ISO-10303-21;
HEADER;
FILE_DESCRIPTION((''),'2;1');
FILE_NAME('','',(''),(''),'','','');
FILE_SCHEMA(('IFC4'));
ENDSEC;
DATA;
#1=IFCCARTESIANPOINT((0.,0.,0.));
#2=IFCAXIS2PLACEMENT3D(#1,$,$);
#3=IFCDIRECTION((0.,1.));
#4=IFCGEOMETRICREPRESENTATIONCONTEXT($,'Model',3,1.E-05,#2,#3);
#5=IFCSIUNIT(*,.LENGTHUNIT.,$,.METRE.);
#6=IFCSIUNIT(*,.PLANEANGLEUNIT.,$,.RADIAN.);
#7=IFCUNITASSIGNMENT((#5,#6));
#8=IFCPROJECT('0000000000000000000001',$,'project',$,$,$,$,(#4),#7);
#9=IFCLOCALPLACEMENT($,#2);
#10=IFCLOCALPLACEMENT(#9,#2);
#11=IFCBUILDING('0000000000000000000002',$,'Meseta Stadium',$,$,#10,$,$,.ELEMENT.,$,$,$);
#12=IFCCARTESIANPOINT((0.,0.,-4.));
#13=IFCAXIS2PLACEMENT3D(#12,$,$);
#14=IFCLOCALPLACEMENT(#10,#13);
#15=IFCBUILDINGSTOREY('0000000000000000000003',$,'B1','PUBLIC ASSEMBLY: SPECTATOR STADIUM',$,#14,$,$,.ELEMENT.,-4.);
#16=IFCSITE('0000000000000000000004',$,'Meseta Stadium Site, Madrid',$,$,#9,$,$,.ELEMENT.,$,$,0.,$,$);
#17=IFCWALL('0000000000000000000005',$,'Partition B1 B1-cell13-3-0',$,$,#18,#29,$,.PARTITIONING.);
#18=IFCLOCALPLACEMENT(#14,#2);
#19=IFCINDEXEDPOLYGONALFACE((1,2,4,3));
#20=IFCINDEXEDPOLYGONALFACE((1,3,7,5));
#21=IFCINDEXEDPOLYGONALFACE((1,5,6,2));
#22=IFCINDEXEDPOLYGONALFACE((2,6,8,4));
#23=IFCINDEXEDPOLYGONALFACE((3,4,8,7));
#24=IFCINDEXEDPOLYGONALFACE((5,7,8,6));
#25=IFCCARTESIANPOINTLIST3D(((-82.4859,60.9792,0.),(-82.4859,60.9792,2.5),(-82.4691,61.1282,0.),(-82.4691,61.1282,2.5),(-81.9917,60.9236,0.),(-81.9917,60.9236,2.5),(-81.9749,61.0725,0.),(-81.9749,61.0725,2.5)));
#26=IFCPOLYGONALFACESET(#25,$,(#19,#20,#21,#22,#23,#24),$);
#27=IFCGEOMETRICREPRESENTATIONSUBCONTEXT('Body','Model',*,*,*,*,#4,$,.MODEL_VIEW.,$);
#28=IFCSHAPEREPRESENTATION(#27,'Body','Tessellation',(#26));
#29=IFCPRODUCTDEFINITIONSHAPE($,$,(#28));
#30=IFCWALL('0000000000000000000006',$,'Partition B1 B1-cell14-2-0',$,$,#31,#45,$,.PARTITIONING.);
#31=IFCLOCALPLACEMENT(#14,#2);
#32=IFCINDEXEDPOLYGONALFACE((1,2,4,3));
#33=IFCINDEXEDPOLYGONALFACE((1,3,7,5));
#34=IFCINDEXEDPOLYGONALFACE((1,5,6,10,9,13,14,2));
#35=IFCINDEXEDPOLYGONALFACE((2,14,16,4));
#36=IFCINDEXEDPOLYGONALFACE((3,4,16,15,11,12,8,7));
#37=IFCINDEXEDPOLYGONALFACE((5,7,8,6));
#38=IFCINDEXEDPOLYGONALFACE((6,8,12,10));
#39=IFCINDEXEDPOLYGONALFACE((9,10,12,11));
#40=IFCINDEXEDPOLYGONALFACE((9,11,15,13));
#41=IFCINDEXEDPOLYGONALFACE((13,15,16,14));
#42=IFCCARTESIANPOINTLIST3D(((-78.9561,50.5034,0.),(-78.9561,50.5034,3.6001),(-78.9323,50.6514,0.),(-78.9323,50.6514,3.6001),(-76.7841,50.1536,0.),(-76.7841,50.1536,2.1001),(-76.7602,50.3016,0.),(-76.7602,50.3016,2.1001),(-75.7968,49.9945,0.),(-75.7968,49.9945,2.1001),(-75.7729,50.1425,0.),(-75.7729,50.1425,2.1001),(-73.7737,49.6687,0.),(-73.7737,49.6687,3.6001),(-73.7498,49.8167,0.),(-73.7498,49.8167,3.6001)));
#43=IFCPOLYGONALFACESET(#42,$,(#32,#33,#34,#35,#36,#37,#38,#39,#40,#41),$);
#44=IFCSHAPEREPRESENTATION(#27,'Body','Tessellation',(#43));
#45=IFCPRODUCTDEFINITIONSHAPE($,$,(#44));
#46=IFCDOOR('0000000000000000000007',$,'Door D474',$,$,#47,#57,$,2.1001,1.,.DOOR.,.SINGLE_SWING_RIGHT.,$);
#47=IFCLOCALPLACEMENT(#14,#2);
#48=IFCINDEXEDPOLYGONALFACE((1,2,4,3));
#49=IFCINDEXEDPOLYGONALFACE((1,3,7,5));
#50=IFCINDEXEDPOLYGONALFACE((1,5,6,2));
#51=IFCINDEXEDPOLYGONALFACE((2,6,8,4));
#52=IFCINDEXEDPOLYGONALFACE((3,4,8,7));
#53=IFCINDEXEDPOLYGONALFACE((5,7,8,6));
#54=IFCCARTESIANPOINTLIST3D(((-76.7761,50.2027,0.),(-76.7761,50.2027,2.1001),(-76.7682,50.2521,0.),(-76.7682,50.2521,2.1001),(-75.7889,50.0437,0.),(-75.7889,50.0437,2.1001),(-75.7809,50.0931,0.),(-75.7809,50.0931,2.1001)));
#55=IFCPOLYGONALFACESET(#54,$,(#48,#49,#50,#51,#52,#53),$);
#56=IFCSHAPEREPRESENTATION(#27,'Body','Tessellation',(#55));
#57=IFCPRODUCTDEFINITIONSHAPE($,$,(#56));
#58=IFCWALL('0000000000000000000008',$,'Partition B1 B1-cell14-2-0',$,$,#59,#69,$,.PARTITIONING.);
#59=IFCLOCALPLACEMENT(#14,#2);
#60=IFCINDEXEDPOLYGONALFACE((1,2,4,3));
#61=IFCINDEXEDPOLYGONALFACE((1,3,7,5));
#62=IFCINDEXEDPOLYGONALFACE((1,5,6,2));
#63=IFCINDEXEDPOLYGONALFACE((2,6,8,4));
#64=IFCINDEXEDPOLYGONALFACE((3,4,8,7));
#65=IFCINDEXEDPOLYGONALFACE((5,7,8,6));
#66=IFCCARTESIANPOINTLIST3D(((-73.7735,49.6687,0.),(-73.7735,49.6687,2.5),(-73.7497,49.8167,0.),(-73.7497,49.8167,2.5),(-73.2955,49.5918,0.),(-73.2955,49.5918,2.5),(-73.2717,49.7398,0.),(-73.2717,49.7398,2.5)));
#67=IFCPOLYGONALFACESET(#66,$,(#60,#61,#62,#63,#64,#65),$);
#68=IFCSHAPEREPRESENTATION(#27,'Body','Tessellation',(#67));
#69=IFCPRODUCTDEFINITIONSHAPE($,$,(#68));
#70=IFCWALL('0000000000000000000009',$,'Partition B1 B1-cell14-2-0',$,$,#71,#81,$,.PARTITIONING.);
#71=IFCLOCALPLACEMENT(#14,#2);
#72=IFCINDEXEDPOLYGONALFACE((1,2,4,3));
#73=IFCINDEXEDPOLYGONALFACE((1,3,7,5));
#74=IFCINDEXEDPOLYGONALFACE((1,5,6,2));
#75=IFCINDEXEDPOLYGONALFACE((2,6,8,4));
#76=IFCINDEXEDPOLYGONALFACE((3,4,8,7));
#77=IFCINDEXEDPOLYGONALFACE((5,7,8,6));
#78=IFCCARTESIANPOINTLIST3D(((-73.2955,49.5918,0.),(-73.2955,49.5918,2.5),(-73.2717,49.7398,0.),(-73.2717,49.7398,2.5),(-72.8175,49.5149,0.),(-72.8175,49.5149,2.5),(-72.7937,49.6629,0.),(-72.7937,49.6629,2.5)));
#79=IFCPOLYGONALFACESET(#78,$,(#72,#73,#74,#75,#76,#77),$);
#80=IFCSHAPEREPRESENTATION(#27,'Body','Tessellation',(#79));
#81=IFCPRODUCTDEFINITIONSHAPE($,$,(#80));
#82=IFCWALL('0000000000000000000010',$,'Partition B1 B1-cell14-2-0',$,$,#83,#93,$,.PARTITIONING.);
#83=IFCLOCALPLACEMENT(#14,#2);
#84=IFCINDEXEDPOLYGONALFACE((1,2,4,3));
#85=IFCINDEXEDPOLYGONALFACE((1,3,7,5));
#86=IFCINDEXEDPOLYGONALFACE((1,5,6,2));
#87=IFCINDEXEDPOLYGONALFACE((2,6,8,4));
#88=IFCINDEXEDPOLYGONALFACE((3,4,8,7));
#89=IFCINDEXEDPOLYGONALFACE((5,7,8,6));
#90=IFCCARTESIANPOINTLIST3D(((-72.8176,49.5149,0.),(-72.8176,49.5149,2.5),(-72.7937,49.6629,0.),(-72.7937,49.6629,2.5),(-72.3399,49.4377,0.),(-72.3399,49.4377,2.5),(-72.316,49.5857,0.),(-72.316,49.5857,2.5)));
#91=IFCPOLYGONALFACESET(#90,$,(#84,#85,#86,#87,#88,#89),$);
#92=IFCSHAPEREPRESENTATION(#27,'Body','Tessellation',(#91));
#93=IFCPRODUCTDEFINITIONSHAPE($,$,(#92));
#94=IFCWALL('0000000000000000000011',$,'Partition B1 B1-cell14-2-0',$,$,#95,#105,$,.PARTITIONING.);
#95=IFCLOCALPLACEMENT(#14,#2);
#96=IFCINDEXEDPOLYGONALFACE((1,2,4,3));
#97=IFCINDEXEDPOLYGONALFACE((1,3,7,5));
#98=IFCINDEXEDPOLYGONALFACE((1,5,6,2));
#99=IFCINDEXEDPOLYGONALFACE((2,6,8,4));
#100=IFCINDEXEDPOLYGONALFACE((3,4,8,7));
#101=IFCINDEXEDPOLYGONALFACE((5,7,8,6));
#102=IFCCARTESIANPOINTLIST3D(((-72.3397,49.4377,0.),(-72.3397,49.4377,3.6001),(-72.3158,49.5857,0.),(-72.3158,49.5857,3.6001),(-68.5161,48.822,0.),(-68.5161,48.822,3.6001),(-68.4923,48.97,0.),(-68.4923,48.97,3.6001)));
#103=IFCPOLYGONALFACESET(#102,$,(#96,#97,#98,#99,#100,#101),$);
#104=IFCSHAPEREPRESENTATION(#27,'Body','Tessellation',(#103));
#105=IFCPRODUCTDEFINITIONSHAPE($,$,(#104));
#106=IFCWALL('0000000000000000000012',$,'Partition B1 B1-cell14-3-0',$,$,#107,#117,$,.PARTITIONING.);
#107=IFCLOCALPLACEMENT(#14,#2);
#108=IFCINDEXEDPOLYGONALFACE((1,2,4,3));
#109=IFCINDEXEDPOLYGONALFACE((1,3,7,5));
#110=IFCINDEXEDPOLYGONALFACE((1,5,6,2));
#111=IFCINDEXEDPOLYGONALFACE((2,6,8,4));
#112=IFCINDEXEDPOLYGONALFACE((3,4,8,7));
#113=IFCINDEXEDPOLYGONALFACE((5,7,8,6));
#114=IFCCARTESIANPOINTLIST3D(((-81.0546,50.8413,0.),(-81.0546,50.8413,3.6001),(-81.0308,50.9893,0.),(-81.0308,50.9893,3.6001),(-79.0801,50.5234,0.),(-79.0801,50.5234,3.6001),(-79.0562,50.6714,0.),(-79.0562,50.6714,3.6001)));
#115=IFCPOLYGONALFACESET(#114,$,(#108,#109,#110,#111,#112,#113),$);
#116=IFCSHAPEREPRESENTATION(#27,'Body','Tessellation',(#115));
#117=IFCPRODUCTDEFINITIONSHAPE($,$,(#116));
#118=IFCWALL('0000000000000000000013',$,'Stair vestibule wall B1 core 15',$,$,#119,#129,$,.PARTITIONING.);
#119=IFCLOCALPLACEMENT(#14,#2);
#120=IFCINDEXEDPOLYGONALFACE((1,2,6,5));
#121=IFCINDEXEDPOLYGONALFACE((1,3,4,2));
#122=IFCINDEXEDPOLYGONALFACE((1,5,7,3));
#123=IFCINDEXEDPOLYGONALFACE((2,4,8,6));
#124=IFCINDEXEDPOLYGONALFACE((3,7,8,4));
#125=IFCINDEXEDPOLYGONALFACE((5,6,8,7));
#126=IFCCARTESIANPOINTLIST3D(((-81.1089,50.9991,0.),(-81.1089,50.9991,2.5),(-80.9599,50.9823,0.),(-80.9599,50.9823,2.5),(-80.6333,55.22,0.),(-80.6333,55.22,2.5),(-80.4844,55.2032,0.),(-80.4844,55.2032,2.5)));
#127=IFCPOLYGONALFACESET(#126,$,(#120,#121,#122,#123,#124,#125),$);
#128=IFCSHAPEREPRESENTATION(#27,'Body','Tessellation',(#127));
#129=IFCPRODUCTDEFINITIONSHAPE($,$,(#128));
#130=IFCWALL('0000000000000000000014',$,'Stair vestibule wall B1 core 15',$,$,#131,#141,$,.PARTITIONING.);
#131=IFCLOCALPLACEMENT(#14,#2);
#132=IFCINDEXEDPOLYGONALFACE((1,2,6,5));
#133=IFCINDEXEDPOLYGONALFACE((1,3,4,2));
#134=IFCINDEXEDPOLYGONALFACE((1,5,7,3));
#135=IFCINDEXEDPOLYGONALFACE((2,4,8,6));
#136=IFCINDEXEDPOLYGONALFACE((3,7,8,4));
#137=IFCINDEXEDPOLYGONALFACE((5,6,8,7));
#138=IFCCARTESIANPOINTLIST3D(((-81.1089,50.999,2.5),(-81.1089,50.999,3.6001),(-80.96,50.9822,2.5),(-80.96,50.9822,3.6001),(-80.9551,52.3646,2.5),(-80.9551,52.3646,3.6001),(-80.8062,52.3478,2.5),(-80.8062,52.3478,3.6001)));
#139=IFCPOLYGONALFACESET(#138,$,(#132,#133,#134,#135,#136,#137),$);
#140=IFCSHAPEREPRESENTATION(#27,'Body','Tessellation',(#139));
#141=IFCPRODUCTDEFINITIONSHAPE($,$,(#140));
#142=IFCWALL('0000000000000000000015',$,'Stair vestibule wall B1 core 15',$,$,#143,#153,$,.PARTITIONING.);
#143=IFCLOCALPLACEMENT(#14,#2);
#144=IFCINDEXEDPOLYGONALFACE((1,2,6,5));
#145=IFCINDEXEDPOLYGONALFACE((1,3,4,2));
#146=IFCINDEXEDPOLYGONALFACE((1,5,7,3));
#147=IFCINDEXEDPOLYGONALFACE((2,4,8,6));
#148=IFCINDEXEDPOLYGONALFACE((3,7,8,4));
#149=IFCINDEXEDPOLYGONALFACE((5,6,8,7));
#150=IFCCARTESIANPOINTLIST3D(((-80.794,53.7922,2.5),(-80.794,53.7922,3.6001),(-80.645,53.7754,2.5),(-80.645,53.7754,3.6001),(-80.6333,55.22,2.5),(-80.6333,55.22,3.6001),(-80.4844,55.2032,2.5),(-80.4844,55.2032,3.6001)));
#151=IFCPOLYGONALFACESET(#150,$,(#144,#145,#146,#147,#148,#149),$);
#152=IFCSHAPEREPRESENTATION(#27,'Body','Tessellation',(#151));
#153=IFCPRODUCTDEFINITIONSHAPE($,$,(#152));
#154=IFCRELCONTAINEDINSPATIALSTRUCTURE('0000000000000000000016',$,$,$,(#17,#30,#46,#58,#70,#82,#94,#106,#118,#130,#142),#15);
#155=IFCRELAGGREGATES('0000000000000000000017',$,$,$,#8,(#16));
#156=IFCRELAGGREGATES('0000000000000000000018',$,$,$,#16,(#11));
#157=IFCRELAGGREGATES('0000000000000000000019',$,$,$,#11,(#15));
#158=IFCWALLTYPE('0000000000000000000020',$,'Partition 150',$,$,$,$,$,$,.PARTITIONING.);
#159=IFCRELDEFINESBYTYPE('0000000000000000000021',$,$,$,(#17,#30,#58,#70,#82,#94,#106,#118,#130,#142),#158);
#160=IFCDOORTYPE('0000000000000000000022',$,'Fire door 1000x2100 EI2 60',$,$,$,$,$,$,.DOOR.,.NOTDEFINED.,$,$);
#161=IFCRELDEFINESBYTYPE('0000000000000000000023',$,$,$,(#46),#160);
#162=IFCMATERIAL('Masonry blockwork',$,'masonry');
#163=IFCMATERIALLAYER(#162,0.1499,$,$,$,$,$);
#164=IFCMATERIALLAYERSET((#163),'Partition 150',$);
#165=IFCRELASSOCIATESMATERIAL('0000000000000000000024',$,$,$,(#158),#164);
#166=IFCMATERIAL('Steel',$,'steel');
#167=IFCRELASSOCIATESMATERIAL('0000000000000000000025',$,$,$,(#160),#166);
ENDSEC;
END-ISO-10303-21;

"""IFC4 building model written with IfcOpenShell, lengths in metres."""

from ifc_helpers import new_model, si_unit, direction, frame, frame_2d, origin, place, context, subcontext, project, spatial, rectangle, extrude, material, layer, layer_set, type_object, element, fill, save


model = new_model("IFC4")

# Units and contexts
model_context = context("Model", 3, precision=1e-05, world=origin(), true_north=direction((0.0, 1.0)))
body_context = subcontext(model_context, "Body", "Model", "MODEL_VIEW")
ifc_project = project(units=[si_unit("LENGTHUNIT", "METRE"), si_unit("PLANEANGLEUNIT", "RADIAN")], contexts=[model_context])

# Site, building, storey
site_placement = place(None, origin())
site = spatial("IfcSite", under=ifc_project, at=site_placement, Name="Meseta Stadium Site, Madrid", CompositionType="ELEMENT", RefElevation=0.0)
building_placement = place(site_placement, origin())
building = spatial("IfcBuilding", under=site, at=building_placement, Name="Meseta Stadium", CompositionType="ELEMENT")
storey_placement = place(building_placement, frame((0.0, 0.0, -4.0)))
storey = spatial("IfcBuildingStorey", under=building, at=storey_placement, Name="B1", Description="PUBLIC ASSEMBLY: SPECTATOR STADIUM", CompositionType="ELEMENT", Elevation=-4.0)

# Wall
ifc_material_1 = material(Name="Masonry blockwork", Category="masonry")
ifc_layer = layer(ifc_material_1, 0.1499)
ifc_layer_set = layer_set([ifc_layer], Name="Partition 150")
wall_type = type_object("IfcWallType", Name="Partition 150", PredefinedType="PARTITIONING", material=ifc_layer_set)
wall_1_placement = place(storey_placement, frame((-81.9834, 60.998, 0.0), z_axis=(0.0, 0.0, 1.0), x_axis=(-0.993715, 0.11194, 0.0)))
element("IfcWall", 1, at=wall_1_placement, inside=storey, type_object=wall_type, Name="Partition B1 B1-cell13-3-0", PredefinedType="PARTITIONING", context=body_context, shape_type="SweptSolid", body=[
    extrude(rectangle(XDim=0.4973, YDim=0.1499, at=frame_2d((0.2485, 0.0))), origin(), (0.0, 0.0, 1.0), 2.5),
])

# Wall, opening, door
wall_2_placement = place(storey_placement, frame((-78.9441, 50.5774, 0.0), z_axis=(0.0, 0.0, 1.0), x_axis=(0.987276, -0.159019, 0.0)))
wall_2 = element("IfcWall", 2, at=wall_2_placement, inside=storey, type_object=wall_type, Name="Partition B1 B1-cell14-2-0", PredefinedType="PARTITIONING", context=body_context, shape_type="SweptSolid", body=[
    extrude(rectangle(XDim=5.2493, YDim=0.1499, at=frame_2d((2.6245, 0.0))), origin(), (0.0, 0.0, 1.0), 3.6001),
])
opening_placement = place(wall_2_placement, frame((2.2, 0.0, 0.0)))
opening = element("IfcOpeningElement", 3, at=opening_placement, cuts=wall_2, PredefinedType="OPENING", context=body_context, shape_type="SweptSolid", body=[
    extrude(rectangle(XDim=1.0, YDim=2.1001, at=frame_2d((0.5, 1.05))), frame((0.0, 0.085, 0.0), z_axis=(0.0, -1.0, 0.0), x_axis=(1.0, 0.0, 0.0)), (0.0, 0.0, 1.0), 0.1699),
])
ifc_material_2 = material(Name="Steel", Category="steel")
door_type = type_object("IfcDoorType", Name="Fire door 1000x2100 EI2 60", OperationType="NOTDEFINED", PredefinedType="DOOR", material=ifc_material_2)
door_placement = place(opening_placement, origin())
door = element("IfcDoor", 4, at=door_placement, inside=storey, type_object=door_type, Name="Door D474", OperationType="SINGLE_SWING_RIGHT", OverallHeight=2.1001, OverallWidth=1.0, PredefinedType="DOOR", context=body_context, shape_type="SweptSolid", body=[
    extrude(rectangle(XDim=1.0, YDim=2.1001, at=frame_2d((0.5, 1.05))), frame((0.0, 0.0249, 0.0), z_axis=(0.0, -1.0, 0.0), x_axis=(1.0, 0.0, 0.0)), (0.0, 0.0, 1.0), 0.05),
])
fill(opening, door)

# Walls
for number, where, z_axis, x_axis, name in (
    (5, (-73.7617, 49.7427, 0.0), (0.0, 0.0, 1.0), (0.987305, -0.158836, 0.0), "Partition B1 B1-cell14-2-0"),
    (6, (-73.2837, 49.6658, 0.0), (0.0, 0.0, 1.0), (0.987305, -0.158836, 0.0), "Partition B1 B1-cell14-2-0"),
):
    element("IfcWall", number, at=place(storey_placement, frame(where, z_axis=z_axis, x_axis=x_axis)), inside=storey, type_object=wall_type, Name=name, PredefinedType="PARTITIONING", context=body_context, shape_type="SweptSolid", body=[
        extrude(rectangle(XDim=0.4841, YDim=0.1499, at=frame_2d((0.2422, 0.0))), origin(), (0.0, 0.0, 1.0), 2.5),
    ])
wall_3_placement = place(storey_placement, frame((-72.8057, 49.5889, 0.0), z_axis=(0.0, 0.0, 1.0), x_axis=(0.987213, -0.159407, 0.0)))
element("IfcWall", 7, at=wall_3_placement, inside=storey, type_object=wall_type, Name="Partition B1 B1-cell14-2-0", PredefinedType="PARTITIONING", context=body_context, shape_type="SweptSolid", body=[
    extrude(rectangle(XDim=0.4839, YDim=0.1499, at=frame_2d((0.2419, 0.0))), origin(), (0.0, 0.0, 1.0), 2.5),
])
wall_4_placement = place(storey_placement, frame((-72.3279, 49.5117, 0.0), z_axis=(0.0, 0.0, 1.0), x_axis=(0.98728, -0.158989, 0.0)))
element("IfcWall", 8, at=wall_4_placement, inside=storey, type_object=wall_type, Name="Partition B1 B1-cell14-2-0", PredefinedType="PARTITIONING", context=body_context, shape_type="SweptSolid", body=[
    extrude(rectangle(XDim=3.8728, YDim=0.1499, at=frame_2d((1.9365, 0.0))), origin(), (0.0, 0.0, 1.0), 3.6001),
])
wall_5_placement = place(storey_placement, frame((-81.0427, 50.9153, 0.0), z_axis=(0.0, 0.0, 1.0), x_axis=(0.987289, -0.158933, 0.0)))
element("IfcWall", 9, at=wall_5_placement, inside=storey, type_object=wall_type, Name="Partition B1 B1-cell14-3-0", PredefinedType="PARTITIONING", context=body_context, shape_type="SweptSolid", body=[
    extrude(rectangle(XDim=2.0, YDim=0.1499, at=frame_2d((1.0, 0.0))), origin(), (0.0, 0.0, 1.0), 3.6001),
])
wall_6_placement = place(storey_placement, frame((-81.0344, 50.9907, 0.0), z_axis=(0.0, 0.0, 1.0), x_axis=(0.111964, 0.993712, 0.0)))
element("IfcWall", 10, at=wall_6_placement, inside=storey, type_object=wall_type, Name="Stair vestibule wall B1 core 15", PredefinedType="PARTITIONING", context=body_context, shape_type="SweptSolid", body=[
    extrude(rectangle(XDim=4.2476, YDim=0.1499, at=frame_2d((2.1238, 0.0))), origin(), (0.0, 0.0, 1.0), 2.5),
])
wall_7_placement = place(storey_placement, frame((-81.0344, 50.9907, 2.5), z_axis=(0.0, 0.0, 1.0), x_axis=(0.111913, 0.993718, 0.0)))
element("IfcWall", 11, at=wall_7_placement, inside=storey, type_object=wall_type, Name="Stair vestibule wall B1 core 15", PredefinedType="PARTITIONING", context=body_context, shape_type="SweptSolid", body=[
    extrude(rectangle(XDim=1.3743, YDim=0.1499, at=frame_2d((0.687, 0.0))), origin(), (0.0, 0.0, 1.0), 1.1001),
])
wall_8_placement = place(storey_placement, frame((-80.7195, 53.7839, 2.5), z_axis=(0.0, 0.0, 1.0), x_axis=(0.111812, 0.993729, 0.0)))
element("IfcWall", 12, at=wall_8_placement, inside=storey, type_object=wall_type, Name="Stair vestibule wall B1 core 15", PredefinedType="PARTITIONING", context=body_context, shape_type="SweptSolid", body=[
    extrude(rectangle(XDim=1.4368, YDim=0.1499, at=frame_2d((0.7183, 0.0))), origin(), (0.0, 0.0, 1.0), 1.1001),
])

save(model, "model.ifc")
